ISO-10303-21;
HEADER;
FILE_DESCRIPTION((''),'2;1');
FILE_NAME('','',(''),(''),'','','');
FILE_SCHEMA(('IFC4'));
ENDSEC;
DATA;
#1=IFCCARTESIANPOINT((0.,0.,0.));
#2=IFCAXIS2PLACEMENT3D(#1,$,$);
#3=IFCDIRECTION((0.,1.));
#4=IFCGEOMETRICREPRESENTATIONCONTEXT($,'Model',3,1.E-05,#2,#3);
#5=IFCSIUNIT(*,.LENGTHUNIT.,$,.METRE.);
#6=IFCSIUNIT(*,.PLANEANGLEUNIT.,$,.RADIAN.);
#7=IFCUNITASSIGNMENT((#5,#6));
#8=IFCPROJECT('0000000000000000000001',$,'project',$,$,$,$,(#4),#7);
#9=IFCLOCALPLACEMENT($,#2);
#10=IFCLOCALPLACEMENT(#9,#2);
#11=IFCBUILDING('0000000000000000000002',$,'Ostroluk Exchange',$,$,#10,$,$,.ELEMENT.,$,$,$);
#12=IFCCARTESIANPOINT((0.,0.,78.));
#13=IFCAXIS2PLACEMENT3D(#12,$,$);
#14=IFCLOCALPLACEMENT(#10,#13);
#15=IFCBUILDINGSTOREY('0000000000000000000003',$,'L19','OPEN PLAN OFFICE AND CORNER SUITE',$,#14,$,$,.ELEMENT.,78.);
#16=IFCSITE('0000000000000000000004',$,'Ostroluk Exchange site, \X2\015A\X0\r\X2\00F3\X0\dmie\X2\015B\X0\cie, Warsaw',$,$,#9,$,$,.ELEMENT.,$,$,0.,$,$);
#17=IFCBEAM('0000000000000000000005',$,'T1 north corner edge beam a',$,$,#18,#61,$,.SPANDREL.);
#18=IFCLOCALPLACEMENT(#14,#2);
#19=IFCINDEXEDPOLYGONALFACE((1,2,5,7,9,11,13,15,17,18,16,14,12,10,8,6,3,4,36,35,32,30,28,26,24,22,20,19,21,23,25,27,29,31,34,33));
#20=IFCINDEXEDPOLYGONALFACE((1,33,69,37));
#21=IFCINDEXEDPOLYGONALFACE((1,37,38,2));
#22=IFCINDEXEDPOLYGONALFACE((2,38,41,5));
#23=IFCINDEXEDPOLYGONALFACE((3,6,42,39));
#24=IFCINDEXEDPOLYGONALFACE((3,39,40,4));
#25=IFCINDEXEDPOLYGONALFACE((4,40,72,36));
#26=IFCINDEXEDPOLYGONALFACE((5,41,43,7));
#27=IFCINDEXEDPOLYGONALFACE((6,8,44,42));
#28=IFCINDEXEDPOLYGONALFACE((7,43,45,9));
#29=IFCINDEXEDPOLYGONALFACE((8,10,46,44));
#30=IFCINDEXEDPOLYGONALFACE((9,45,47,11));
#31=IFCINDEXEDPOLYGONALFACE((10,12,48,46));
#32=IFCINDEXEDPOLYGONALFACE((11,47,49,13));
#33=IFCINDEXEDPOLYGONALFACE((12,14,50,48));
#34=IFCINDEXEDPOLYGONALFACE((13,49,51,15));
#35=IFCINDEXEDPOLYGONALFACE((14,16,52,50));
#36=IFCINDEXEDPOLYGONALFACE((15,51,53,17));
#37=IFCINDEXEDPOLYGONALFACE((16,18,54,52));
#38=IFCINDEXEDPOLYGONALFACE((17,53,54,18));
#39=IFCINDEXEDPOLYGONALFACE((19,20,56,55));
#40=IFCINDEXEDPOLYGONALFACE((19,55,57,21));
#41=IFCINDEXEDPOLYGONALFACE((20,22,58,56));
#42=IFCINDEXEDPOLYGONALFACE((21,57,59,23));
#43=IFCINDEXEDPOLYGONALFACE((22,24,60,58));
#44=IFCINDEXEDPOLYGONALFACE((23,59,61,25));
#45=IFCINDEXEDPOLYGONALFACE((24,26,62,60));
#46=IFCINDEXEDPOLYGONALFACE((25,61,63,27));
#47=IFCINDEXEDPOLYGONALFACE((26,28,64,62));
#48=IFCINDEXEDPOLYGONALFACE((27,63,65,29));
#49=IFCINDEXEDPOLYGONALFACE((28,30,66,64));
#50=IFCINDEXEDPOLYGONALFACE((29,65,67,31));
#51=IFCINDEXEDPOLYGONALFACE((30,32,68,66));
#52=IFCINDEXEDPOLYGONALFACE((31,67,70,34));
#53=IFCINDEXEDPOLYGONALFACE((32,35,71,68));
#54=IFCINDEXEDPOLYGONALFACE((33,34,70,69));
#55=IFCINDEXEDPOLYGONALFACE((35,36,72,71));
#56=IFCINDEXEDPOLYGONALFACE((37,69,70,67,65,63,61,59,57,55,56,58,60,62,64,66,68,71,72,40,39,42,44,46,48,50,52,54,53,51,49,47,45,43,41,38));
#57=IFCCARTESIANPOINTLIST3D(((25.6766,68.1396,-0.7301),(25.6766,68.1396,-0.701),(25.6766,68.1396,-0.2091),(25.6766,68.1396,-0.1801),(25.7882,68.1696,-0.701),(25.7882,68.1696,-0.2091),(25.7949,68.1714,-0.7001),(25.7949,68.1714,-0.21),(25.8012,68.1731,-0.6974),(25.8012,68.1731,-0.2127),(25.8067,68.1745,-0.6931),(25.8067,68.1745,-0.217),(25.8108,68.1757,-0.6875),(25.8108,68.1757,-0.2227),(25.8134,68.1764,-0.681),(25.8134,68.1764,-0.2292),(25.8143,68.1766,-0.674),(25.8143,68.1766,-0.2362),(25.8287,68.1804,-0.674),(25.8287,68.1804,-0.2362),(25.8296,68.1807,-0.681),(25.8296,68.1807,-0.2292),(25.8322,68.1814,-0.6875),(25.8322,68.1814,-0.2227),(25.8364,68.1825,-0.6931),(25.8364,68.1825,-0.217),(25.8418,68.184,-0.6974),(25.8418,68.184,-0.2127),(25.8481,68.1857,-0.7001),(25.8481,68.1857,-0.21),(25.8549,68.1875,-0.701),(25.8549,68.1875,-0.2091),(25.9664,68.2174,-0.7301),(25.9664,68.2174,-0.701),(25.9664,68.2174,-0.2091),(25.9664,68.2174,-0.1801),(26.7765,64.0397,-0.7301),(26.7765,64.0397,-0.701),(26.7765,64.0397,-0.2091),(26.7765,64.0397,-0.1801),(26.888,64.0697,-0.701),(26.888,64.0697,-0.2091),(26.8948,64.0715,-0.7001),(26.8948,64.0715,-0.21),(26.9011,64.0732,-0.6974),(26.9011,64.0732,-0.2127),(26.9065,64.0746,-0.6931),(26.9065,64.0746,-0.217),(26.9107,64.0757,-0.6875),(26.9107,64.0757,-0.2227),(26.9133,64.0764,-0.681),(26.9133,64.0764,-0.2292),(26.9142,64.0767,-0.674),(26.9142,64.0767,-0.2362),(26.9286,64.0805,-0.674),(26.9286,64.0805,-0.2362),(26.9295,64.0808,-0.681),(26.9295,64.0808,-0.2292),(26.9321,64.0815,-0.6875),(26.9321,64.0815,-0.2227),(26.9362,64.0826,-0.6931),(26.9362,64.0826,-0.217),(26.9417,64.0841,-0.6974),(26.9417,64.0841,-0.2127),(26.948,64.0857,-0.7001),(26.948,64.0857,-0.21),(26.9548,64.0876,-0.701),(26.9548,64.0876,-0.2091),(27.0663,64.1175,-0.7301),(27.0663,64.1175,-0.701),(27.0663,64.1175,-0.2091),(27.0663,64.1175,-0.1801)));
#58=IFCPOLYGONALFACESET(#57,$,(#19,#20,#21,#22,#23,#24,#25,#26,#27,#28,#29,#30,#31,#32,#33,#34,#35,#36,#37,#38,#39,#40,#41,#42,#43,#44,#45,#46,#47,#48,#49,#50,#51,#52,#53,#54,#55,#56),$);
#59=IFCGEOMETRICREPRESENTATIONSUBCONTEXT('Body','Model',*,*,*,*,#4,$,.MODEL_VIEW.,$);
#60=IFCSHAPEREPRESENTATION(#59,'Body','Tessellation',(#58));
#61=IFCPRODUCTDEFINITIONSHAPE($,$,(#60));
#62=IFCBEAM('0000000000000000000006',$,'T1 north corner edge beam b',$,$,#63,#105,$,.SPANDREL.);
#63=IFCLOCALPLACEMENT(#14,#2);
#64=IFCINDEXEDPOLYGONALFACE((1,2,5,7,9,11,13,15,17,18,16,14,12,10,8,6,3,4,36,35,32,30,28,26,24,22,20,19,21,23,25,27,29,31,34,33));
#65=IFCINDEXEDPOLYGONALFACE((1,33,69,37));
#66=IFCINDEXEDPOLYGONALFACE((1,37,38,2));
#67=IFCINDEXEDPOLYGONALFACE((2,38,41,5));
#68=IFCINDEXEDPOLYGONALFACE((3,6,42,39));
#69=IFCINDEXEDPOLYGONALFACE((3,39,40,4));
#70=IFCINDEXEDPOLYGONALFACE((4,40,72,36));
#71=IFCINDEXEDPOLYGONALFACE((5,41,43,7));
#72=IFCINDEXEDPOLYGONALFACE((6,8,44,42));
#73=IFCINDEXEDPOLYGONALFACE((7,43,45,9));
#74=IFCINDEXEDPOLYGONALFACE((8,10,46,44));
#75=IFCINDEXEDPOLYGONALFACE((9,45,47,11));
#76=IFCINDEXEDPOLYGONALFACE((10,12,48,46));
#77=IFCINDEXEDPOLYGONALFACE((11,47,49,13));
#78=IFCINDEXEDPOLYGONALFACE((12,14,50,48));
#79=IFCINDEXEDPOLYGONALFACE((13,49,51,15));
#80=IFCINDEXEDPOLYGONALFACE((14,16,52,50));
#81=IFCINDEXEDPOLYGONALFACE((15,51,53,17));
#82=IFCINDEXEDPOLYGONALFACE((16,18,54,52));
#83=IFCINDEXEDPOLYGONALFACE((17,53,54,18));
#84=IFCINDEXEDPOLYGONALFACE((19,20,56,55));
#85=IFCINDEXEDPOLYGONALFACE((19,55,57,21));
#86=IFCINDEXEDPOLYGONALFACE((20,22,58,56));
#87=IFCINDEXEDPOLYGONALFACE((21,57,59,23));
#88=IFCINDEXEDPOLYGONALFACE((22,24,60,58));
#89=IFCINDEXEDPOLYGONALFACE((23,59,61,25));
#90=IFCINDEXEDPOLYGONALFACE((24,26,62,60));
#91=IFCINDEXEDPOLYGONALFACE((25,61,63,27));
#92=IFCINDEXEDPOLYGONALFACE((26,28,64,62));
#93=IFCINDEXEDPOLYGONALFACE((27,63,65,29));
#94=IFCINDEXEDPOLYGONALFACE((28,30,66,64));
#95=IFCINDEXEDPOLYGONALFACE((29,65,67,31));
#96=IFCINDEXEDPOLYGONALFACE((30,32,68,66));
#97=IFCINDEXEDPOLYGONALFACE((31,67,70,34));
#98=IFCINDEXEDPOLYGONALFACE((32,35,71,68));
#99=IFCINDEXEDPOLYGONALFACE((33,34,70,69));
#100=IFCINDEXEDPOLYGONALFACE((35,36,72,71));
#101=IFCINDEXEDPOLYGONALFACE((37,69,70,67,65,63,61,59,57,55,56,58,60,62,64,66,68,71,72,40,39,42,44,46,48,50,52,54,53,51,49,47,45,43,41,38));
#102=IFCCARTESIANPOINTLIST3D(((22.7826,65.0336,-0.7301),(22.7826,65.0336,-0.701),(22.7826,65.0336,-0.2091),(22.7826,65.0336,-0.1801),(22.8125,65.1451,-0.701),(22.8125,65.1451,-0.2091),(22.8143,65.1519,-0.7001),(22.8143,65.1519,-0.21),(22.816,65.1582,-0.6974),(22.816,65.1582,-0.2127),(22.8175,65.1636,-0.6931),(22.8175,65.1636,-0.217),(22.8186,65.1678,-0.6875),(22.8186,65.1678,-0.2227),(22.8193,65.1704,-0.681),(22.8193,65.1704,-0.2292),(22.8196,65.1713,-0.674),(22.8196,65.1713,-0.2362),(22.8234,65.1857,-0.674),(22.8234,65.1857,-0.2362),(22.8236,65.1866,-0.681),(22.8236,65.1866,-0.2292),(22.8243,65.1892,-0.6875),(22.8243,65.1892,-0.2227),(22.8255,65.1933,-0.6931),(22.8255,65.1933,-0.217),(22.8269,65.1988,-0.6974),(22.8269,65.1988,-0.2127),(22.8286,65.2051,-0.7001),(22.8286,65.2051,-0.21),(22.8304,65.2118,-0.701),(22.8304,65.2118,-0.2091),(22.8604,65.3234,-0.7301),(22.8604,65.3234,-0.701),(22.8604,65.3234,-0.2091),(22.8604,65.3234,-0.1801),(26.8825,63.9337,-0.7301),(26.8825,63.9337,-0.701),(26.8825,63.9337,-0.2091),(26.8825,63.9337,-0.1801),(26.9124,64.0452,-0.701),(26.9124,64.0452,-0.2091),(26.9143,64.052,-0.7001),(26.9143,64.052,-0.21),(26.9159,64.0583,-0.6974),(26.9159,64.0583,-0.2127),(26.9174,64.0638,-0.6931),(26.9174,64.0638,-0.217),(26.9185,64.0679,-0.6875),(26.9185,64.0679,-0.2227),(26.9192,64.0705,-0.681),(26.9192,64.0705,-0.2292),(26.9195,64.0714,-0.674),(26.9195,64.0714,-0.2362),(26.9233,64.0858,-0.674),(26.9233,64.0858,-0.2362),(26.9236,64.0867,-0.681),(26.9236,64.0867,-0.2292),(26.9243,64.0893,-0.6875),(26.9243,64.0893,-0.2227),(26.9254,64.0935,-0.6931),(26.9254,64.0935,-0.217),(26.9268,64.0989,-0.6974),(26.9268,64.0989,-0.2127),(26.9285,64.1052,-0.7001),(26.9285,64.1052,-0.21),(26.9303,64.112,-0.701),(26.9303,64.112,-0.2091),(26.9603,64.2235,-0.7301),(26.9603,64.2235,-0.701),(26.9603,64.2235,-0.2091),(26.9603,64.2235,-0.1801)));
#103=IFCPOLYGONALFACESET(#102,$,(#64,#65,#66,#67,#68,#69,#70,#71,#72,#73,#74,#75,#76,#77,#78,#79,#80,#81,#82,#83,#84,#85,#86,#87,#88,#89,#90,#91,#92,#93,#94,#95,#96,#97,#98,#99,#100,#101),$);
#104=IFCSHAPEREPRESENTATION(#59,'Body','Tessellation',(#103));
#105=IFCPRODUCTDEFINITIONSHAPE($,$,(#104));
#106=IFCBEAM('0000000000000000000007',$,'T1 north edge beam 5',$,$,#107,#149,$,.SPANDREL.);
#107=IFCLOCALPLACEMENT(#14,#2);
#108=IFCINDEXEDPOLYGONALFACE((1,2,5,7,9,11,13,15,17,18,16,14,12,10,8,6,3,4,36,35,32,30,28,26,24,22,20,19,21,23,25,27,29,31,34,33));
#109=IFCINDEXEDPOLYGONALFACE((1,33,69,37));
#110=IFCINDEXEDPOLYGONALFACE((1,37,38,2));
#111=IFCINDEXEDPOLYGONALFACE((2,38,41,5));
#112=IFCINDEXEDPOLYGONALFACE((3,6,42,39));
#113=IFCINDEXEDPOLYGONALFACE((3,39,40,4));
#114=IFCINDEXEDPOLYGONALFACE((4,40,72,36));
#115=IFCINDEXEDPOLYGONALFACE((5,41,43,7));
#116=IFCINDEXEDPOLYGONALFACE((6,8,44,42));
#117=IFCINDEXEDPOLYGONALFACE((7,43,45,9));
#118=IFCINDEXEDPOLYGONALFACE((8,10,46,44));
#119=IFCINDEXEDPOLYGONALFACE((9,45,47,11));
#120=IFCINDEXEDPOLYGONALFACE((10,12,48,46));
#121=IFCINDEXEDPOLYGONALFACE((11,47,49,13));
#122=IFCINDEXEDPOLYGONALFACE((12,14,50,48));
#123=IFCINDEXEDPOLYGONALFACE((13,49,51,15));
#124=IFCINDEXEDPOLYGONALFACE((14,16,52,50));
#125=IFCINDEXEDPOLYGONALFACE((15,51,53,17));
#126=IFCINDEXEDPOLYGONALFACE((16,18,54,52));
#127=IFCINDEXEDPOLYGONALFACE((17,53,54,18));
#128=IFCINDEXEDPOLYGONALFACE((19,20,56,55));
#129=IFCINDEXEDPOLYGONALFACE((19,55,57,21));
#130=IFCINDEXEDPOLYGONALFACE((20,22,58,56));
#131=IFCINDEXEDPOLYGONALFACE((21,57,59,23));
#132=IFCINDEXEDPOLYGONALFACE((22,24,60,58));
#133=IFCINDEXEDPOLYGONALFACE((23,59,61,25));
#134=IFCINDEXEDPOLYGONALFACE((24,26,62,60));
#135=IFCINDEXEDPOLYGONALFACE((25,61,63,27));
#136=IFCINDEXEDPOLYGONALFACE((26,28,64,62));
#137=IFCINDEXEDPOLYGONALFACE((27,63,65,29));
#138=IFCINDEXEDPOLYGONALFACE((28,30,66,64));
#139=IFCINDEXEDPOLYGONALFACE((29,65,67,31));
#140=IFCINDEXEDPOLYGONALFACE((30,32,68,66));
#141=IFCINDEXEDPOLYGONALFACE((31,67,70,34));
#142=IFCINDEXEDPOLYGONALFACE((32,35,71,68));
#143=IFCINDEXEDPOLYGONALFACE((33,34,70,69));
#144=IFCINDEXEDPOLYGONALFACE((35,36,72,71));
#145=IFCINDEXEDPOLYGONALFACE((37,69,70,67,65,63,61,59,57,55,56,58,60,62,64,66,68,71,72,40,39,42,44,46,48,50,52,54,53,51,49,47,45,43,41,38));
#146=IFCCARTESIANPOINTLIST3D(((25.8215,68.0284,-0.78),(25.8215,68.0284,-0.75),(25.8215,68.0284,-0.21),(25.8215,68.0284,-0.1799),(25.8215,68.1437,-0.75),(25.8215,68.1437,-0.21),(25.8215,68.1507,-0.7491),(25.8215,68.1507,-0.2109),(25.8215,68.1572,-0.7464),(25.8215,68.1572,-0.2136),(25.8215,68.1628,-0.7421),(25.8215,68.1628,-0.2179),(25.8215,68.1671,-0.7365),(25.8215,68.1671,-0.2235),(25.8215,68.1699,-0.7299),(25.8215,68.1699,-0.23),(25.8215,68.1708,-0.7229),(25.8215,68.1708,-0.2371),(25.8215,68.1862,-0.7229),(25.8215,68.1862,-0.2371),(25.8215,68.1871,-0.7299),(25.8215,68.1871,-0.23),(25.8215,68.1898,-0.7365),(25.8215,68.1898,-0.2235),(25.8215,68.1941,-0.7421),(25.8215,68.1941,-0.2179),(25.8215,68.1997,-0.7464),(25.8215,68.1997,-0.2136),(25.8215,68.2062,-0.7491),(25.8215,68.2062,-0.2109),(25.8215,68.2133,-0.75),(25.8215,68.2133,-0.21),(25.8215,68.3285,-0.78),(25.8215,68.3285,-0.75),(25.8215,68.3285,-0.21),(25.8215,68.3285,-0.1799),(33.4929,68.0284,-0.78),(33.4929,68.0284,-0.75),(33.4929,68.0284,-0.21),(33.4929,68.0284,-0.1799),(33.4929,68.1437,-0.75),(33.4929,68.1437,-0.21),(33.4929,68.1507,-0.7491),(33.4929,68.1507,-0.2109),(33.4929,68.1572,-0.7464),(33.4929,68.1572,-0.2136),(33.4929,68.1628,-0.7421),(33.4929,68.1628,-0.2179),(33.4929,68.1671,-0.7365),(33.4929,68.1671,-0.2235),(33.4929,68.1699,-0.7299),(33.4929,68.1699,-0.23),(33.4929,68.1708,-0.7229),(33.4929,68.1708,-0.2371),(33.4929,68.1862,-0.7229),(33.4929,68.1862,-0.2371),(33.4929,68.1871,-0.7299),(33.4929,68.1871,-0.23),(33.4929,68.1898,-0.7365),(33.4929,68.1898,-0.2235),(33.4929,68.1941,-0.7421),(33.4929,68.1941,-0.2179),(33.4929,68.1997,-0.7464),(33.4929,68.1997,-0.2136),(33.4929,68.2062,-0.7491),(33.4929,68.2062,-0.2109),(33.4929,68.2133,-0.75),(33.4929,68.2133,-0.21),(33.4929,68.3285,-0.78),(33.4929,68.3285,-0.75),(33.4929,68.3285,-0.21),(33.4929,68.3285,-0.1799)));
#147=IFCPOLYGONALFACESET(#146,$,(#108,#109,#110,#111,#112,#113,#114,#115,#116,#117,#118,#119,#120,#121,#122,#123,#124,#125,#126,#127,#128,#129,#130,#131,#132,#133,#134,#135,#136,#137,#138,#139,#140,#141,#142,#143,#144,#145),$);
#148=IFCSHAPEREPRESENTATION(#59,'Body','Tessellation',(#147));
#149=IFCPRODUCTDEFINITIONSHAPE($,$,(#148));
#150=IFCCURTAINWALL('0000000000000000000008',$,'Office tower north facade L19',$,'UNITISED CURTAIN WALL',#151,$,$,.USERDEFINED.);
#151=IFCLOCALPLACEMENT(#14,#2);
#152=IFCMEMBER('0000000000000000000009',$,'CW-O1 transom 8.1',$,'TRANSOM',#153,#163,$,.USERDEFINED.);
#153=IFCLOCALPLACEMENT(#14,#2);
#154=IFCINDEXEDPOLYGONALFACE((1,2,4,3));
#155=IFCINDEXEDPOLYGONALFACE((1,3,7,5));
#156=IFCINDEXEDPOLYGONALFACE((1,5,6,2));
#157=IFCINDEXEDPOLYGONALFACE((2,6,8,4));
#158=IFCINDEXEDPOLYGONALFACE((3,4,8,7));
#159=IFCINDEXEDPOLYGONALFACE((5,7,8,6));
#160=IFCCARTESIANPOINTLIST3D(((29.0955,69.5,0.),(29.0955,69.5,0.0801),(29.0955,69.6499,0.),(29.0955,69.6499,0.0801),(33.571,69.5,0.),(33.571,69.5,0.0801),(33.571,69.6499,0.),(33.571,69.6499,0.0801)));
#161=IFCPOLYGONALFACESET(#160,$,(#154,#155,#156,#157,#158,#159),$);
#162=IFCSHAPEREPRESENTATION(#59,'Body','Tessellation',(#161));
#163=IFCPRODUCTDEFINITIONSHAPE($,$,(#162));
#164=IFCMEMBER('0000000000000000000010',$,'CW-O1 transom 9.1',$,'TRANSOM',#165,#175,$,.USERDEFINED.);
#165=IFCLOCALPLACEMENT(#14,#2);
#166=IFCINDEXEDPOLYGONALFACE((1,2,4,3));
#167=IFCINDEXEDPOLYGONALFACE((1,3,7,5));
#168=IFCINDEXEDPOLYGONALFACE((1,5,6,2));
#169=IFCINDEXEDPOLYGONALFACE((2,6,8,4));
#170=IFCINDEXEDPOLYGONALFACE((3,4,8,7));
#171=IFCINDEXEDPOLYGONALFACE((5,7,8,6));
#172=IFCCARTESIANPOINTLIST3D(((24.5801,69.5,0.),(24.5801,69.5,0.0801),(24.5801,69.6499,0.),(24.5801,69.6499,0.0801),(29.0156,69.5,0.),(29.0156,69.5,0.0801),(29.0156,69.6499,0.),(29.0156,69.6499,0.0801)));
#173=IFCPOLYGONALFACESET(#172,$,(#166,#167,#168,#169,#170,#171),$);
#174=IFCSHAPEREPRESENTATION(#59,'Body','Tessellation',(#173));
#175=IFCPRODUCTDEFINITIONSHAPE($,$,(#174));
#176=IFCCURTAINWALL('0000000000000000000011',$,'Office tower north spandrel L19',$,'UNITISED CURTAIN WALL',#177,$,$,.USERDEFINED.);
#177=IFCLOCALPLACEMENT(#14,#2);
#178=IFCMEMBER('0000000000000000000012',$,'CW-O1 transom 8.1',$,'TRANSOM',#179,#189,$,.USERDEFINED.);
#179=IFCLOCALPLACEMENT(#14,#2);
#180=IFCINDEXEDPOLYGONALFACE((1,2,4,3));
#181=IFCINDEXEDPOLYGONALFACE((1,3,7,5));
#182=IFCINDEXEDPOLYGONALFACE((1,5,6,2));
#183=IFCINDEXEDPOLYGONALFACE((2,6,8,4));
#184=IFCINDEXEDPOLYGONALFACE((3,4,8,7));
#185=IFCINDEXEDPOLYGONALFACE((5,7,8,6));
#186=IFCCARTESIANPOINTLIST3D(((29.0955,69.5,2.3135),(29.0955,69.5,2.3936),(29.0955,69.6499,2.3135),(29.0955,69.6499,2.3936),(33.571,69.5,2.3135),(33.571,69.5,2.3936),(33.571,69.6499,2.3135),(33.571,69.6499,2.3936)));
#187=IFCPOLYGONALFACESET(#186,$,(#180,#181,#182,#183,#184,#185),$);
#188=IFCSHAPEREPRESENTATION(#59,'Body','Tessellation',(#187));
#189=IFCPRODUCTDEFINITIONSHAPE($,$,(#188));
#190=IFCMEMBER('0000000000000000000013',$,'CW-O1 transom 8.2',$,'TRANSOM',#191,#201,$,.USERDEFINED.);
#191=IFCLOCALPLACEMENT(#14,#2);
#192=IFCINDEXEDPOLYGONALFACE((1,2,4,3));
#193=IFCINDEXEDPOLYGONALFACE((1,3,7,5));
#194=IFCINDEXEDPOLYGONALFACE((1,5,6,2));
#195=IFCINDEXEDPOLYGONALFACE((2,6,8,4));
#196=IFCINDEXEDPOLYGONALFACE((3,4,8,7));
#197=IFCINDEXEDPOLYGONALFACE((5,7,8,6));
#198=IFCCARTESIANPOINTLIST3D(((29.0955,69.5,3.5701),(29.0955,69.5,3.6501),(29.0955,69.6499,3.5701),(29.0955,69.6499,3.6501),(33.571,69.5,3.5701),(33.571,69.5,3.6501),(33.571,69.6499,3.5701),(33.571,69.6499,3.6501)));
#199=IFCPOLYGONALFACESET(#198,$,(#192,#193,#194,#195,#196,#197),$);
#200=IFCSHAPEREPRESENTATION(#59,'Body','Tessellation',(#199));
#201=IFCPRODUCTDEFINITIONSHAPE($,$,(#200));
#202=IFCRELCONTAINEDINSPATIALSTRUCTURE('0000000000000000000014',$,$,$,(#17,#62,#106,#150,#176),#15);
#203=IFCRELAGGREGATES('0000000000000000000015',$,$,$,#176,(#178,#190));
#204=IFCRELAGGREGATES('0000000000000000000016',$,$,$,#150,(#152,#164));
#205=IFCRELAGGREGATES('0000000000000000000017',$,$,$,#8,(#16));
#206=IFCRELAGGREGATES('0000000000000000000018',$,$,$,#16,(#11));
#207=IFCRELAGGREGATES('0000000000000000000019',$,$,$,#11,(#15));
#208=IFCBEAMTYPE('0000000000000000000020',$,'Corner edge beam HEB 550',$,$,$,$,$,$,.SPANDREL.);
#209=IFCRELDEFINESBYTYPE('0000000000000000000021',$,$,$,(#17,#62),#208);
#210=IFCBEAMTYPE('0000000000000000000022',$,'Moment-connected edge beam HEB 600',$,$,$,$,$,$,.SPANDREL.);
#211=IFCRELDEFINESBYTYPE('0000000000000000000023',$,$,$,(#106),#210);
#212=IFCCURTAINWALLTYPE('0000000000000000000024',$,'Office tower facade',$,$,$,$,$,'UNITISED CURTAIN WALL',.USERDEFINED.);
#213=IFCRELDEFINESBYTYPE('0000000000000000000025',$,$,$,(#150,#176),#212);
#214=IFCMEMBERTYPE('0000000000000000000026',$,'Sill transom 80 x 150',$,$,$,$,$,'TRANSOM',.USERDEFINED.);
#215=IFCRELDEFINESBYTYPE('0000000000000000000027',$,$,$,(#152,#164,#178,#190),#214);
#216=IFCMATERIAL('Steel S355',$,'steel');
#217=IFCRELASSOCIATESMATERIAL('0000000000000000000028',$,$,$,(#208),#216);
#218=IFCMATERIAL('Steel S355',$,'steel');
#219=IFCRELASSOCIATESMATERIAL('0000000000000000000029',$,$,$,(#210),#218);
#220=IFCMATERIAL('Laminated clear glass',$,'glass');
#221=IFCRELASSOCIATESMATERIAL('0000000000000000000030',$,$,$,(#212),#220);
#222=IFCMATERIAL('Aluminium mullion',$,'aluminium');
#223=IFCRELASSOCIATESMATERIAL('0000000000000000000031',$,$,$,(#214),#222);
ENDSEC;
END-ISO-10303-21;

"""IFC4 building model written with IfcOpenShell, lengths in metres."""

from ifc_helpers import new_model, si_unit, direction, frame, origin, origin_2d, place, context, subcontext, project, spatial, rectangle, i_section, extrude, material, material_profile, profile_set, type_object, element, aggregate, save


model = new_model("IFC4")

# Units and contexts
model_context = context("Model", 3, precision=1e-05, world=origin(), true_north=direction((0.0, 1.0)))
body_context = subcontext(model_context, "Body", "Model", "MODEL_VIEW")
ifc_project = project(units=[si_unit("LENGTHUNIT", "METRE"), si_unit("PLANEANGLEUNIT", "RADIAN")], contexts=[model_context])

# Site, building, storey
site_placement = place(None, origin())
site = spatial("IfcSite", under=ifc_project, at=site_placement, Name="Ostroluk Exchange site, Śródmieście, Warsaw", CompositionType="ELEMENT", RefElevation=0.0)
building_placement = place(site_placement, origin())
building = spatial("IfcBuilding", under=site, at=building_placement, Name="Ostroluk Exchange", CompositionType="ELEMENT")
storey_placement = place(building_placement, frame((0.0, 0.0, 78.0)))
storey = spatial("IfcBuildingStorey", under=building, at=storey_placement, Name="L19", Description="OPEN PLAN OFFICE AND CORNER SUITE", CompositionType="ELEMENT", Elevation=78.0)

# Beams
ifc_material_1 = material(Name="Steel S355", Category="steel")
ifc_material_profile_1 = material_profile(ifc_material_1, i_section(OverallWidth=0.3, OverallDepth=0.55, WebThickness=0.0149, FlangeThickness=0.0291, FilletRadius=0.0271, at=origin_2d()), Name="HEB 550")
ifc_profile_set_1 = profile_set([ifc_material_profile_1], Name="Steel S355")
beam_type_1 = type_object("IfcBeamType", Name="Corner edge beam HEB 550", PredefinedType="SPANDREL", material=ifc_profile_set_1)
for number, where, z_axis, x_axis, name in (
    (1, (26.9214, 64.0786, -0.4551), (-0.259105, 0.965849, 0.0), (-0.965849, -0.259105, 0.0), "T1 north corner edge beam a"),
    (2, (26.9214, 64.0786, -0.4551), (-0.965849, 0.259105, 0.0), (-0.259105, -0.965849, 0.0), "T1 north corner edge beam b"),
):
    element("IfcBeam", number, at=place(storey_placement, frame(where, z_axis=z_axis, x_axis=x_axis)), inside=storey, type_object=beam_type_1, Name=name, PredefinedType="SPANDREL", context=body_context, shape_type="SweptSolid", body=[
        extrude(i_section(OverallWidth=0.3, OverallDepth=0.55, WebThickness=0.0149, FlangeThickness=0.0291, FilletRadius=0.0271, at=origin_2d()), origin(), (0.0, 0.0, 1.0), 4.2449),
    ])
ifc_material_2 = material(Name="Steel S355", Category="steel")
ifc_material_profile_2 = material_profile(ifc_material_2, i_section(OverallWidth=0.3, OverallDepth=0.6001, WebThickness=0.0154, FlangeThickness=0.03, FilletRadius=0.0271, at=origin_2d()), Name="HEB 600")
ifc_profile_set_2 = profile_set([ifc_material_profile_2], Name="Steel S355")
beam_type_2 = type_object("IfcBeamType", Name="Moment-connected edge beam HEB 600", PredefinedType="SPANDREL", material=ifc_profile_set_2)
beam_1_placement = place(storey_placement, frame((33.4929, 68.1785, -0.48), z_axis=(-1.0, 0.0, 0.0), x_axis=(0.0, -1.0, 0.0)))
element("IfcBeam", 3, at=beam_1_placement, inside=storey, type_object=beam_type_2, Name="T1 north edge beam 5", PredefinedType="SPANDREL", context=body_context, shape_type="SweptSolid", body=[
    extrude(i_section(OverallWidth=0.3, OverallDepth=0.6001, WebThickness=0.0154, FlangeThickness=0.03, FilletRadius=0.0271, at=origin_2d()), origin(), (0.0, 0.0, 1.0), 7.6714),
])

# Curtain walls, members
ifc_material_3 = material(Name="Laminated clear glass", Category="glass")
curtain_wall_type = type_object("IfcCurtainWallType", Name="Office tower facade", ElementType="UNITISED CURTAIN WALL", PredefinedType="USERDEFINED", material=ifc_material_3)
curtain_wall_1_placement = place(storey_placement, origin())
curtain_wall_1 = element("IfcCurtainWall", 4, at=curtain_wall_1_placement, inside=storey, type_object=curtain_wall_type, Name="Office tower north facade L19", ObjectType="UNITISED CURTAIN WALL", PredefinedType="USERDEFINED")
ifc_material_4 = material(Name="Aluminium mullion", Category="aluminium")
ifc_material_profile_3 = material_profile(ifc_material_4, rectangle(XDim=0.1499, YDim=0.0801, at=origin_2d()), Name="Sill transom 80 x 150")
ifc_profile_set_3 = profile_set([ifc_material_profile_3], Name="Aluminium mullion")
member_type_1 = type_object("IfcMemberType", Name="Sill transom 80 x 150", ElementType="TRANSOM", PredefinedType="USERDEFINED", material=ifc_profile_set_3)
member_1_placement = place(storey_placement, frame((33.571, 69.575, 0.04), z_axis=(-1.0, 0.0, 0.0), x_axis=(0.0, -1.0, 0.0)))
member_1 = element("IfcMember", 5, at=member_1_placement, type_object=member_type_1, Name="CW-O1 transom 8.1", ObjectType="TRANSOM", PredefinedType="USERDEFINED", context=body_context, shape_type="SweptSolid", body=[
    extrude(rectangle(XDim=0.1499, YDim=0.0801, at=origin_2d()), origin(), (0.0, 0.0, 1.0), 4.4756),
])
member_2_placement = place(storey_placement, frame((29.0156, 69.575, 0.04), z_axis=(-1.0, 0.0, 0.0), x_axis=(0.0, -1.0, 0.0)))
member_2 = element("IfcMember", 6, at=member_2_placement, type_object=member_type_1, Name="CW-O1 transom 9.1", ObjectType="TRANSOM", PredefinedType="USERDEFINED", context=body_context, shape_type="SweptSolid", body=[
    extrude(rectangle(XDim=0.1499, YDim=0.0801, at=origin_2d()), origin(), (0.0, 0.0, 1.0), 4.4355),
])
curtain_wall_2_placement = place(storey_placement, origin())
curtain_wall_2 = element("IfcCurtainWall", 7, at=curtain_wall_2_placement, inside=storey, type_object=curtain_wall_type, Name="Office tower north spandrel L19", ObjectType="UNITISED CURTAIN WALL", PredefinedType="USERDEFINED")
member_3_placement = place(storey_placement, frame((33.571, 69.575, 2.3535), z_axis=(-1.0, 0.0, 0.0), x_axis=(0.0, -1.0, 0.0)))
member_3 = element("IfcMember", 8, at=member_3_placement, type_object=member_type_1, Name="CW-O1 transom 8.1", ObjectType="TRANSOM", PredefinedType="USERDEFINED", context=body_context, shape_type="SweptSolid", body=[
    extrude(rectangle(XDim=0.1499, YDim=0.0801, at=origin_2d()), origin(), (0.0, 0.0, 1.0), 4.4756),
])
member_4_placement = place(storey_placement, frame((33.571, 69.575, 3.6101), z_axis=(-1.0, 0.0, 0.0), x_axis=(0.0, -1.0, 0.0)))
member_4 = element("IfcMember", 9, at=member_4_placement, type_object=member_type_1, Name="CW-O1 transom 8.2", ObjectType="TRANSOM", PredefinedType="USERDEFINED", context=body_context, shape_type="SweptSolid", body=[
    extrude(rectangle(XDim=0.1499, YDim=0.0801, at=origin_2d()), origin(), (0.0, 0.0, 1.0), 4.4756),
])

aggregate(curtain_wall_2, [member_3, member_4])
aggregate(curtain_wall_1, [member_1, member_2])

save(model, "model.ifc")
